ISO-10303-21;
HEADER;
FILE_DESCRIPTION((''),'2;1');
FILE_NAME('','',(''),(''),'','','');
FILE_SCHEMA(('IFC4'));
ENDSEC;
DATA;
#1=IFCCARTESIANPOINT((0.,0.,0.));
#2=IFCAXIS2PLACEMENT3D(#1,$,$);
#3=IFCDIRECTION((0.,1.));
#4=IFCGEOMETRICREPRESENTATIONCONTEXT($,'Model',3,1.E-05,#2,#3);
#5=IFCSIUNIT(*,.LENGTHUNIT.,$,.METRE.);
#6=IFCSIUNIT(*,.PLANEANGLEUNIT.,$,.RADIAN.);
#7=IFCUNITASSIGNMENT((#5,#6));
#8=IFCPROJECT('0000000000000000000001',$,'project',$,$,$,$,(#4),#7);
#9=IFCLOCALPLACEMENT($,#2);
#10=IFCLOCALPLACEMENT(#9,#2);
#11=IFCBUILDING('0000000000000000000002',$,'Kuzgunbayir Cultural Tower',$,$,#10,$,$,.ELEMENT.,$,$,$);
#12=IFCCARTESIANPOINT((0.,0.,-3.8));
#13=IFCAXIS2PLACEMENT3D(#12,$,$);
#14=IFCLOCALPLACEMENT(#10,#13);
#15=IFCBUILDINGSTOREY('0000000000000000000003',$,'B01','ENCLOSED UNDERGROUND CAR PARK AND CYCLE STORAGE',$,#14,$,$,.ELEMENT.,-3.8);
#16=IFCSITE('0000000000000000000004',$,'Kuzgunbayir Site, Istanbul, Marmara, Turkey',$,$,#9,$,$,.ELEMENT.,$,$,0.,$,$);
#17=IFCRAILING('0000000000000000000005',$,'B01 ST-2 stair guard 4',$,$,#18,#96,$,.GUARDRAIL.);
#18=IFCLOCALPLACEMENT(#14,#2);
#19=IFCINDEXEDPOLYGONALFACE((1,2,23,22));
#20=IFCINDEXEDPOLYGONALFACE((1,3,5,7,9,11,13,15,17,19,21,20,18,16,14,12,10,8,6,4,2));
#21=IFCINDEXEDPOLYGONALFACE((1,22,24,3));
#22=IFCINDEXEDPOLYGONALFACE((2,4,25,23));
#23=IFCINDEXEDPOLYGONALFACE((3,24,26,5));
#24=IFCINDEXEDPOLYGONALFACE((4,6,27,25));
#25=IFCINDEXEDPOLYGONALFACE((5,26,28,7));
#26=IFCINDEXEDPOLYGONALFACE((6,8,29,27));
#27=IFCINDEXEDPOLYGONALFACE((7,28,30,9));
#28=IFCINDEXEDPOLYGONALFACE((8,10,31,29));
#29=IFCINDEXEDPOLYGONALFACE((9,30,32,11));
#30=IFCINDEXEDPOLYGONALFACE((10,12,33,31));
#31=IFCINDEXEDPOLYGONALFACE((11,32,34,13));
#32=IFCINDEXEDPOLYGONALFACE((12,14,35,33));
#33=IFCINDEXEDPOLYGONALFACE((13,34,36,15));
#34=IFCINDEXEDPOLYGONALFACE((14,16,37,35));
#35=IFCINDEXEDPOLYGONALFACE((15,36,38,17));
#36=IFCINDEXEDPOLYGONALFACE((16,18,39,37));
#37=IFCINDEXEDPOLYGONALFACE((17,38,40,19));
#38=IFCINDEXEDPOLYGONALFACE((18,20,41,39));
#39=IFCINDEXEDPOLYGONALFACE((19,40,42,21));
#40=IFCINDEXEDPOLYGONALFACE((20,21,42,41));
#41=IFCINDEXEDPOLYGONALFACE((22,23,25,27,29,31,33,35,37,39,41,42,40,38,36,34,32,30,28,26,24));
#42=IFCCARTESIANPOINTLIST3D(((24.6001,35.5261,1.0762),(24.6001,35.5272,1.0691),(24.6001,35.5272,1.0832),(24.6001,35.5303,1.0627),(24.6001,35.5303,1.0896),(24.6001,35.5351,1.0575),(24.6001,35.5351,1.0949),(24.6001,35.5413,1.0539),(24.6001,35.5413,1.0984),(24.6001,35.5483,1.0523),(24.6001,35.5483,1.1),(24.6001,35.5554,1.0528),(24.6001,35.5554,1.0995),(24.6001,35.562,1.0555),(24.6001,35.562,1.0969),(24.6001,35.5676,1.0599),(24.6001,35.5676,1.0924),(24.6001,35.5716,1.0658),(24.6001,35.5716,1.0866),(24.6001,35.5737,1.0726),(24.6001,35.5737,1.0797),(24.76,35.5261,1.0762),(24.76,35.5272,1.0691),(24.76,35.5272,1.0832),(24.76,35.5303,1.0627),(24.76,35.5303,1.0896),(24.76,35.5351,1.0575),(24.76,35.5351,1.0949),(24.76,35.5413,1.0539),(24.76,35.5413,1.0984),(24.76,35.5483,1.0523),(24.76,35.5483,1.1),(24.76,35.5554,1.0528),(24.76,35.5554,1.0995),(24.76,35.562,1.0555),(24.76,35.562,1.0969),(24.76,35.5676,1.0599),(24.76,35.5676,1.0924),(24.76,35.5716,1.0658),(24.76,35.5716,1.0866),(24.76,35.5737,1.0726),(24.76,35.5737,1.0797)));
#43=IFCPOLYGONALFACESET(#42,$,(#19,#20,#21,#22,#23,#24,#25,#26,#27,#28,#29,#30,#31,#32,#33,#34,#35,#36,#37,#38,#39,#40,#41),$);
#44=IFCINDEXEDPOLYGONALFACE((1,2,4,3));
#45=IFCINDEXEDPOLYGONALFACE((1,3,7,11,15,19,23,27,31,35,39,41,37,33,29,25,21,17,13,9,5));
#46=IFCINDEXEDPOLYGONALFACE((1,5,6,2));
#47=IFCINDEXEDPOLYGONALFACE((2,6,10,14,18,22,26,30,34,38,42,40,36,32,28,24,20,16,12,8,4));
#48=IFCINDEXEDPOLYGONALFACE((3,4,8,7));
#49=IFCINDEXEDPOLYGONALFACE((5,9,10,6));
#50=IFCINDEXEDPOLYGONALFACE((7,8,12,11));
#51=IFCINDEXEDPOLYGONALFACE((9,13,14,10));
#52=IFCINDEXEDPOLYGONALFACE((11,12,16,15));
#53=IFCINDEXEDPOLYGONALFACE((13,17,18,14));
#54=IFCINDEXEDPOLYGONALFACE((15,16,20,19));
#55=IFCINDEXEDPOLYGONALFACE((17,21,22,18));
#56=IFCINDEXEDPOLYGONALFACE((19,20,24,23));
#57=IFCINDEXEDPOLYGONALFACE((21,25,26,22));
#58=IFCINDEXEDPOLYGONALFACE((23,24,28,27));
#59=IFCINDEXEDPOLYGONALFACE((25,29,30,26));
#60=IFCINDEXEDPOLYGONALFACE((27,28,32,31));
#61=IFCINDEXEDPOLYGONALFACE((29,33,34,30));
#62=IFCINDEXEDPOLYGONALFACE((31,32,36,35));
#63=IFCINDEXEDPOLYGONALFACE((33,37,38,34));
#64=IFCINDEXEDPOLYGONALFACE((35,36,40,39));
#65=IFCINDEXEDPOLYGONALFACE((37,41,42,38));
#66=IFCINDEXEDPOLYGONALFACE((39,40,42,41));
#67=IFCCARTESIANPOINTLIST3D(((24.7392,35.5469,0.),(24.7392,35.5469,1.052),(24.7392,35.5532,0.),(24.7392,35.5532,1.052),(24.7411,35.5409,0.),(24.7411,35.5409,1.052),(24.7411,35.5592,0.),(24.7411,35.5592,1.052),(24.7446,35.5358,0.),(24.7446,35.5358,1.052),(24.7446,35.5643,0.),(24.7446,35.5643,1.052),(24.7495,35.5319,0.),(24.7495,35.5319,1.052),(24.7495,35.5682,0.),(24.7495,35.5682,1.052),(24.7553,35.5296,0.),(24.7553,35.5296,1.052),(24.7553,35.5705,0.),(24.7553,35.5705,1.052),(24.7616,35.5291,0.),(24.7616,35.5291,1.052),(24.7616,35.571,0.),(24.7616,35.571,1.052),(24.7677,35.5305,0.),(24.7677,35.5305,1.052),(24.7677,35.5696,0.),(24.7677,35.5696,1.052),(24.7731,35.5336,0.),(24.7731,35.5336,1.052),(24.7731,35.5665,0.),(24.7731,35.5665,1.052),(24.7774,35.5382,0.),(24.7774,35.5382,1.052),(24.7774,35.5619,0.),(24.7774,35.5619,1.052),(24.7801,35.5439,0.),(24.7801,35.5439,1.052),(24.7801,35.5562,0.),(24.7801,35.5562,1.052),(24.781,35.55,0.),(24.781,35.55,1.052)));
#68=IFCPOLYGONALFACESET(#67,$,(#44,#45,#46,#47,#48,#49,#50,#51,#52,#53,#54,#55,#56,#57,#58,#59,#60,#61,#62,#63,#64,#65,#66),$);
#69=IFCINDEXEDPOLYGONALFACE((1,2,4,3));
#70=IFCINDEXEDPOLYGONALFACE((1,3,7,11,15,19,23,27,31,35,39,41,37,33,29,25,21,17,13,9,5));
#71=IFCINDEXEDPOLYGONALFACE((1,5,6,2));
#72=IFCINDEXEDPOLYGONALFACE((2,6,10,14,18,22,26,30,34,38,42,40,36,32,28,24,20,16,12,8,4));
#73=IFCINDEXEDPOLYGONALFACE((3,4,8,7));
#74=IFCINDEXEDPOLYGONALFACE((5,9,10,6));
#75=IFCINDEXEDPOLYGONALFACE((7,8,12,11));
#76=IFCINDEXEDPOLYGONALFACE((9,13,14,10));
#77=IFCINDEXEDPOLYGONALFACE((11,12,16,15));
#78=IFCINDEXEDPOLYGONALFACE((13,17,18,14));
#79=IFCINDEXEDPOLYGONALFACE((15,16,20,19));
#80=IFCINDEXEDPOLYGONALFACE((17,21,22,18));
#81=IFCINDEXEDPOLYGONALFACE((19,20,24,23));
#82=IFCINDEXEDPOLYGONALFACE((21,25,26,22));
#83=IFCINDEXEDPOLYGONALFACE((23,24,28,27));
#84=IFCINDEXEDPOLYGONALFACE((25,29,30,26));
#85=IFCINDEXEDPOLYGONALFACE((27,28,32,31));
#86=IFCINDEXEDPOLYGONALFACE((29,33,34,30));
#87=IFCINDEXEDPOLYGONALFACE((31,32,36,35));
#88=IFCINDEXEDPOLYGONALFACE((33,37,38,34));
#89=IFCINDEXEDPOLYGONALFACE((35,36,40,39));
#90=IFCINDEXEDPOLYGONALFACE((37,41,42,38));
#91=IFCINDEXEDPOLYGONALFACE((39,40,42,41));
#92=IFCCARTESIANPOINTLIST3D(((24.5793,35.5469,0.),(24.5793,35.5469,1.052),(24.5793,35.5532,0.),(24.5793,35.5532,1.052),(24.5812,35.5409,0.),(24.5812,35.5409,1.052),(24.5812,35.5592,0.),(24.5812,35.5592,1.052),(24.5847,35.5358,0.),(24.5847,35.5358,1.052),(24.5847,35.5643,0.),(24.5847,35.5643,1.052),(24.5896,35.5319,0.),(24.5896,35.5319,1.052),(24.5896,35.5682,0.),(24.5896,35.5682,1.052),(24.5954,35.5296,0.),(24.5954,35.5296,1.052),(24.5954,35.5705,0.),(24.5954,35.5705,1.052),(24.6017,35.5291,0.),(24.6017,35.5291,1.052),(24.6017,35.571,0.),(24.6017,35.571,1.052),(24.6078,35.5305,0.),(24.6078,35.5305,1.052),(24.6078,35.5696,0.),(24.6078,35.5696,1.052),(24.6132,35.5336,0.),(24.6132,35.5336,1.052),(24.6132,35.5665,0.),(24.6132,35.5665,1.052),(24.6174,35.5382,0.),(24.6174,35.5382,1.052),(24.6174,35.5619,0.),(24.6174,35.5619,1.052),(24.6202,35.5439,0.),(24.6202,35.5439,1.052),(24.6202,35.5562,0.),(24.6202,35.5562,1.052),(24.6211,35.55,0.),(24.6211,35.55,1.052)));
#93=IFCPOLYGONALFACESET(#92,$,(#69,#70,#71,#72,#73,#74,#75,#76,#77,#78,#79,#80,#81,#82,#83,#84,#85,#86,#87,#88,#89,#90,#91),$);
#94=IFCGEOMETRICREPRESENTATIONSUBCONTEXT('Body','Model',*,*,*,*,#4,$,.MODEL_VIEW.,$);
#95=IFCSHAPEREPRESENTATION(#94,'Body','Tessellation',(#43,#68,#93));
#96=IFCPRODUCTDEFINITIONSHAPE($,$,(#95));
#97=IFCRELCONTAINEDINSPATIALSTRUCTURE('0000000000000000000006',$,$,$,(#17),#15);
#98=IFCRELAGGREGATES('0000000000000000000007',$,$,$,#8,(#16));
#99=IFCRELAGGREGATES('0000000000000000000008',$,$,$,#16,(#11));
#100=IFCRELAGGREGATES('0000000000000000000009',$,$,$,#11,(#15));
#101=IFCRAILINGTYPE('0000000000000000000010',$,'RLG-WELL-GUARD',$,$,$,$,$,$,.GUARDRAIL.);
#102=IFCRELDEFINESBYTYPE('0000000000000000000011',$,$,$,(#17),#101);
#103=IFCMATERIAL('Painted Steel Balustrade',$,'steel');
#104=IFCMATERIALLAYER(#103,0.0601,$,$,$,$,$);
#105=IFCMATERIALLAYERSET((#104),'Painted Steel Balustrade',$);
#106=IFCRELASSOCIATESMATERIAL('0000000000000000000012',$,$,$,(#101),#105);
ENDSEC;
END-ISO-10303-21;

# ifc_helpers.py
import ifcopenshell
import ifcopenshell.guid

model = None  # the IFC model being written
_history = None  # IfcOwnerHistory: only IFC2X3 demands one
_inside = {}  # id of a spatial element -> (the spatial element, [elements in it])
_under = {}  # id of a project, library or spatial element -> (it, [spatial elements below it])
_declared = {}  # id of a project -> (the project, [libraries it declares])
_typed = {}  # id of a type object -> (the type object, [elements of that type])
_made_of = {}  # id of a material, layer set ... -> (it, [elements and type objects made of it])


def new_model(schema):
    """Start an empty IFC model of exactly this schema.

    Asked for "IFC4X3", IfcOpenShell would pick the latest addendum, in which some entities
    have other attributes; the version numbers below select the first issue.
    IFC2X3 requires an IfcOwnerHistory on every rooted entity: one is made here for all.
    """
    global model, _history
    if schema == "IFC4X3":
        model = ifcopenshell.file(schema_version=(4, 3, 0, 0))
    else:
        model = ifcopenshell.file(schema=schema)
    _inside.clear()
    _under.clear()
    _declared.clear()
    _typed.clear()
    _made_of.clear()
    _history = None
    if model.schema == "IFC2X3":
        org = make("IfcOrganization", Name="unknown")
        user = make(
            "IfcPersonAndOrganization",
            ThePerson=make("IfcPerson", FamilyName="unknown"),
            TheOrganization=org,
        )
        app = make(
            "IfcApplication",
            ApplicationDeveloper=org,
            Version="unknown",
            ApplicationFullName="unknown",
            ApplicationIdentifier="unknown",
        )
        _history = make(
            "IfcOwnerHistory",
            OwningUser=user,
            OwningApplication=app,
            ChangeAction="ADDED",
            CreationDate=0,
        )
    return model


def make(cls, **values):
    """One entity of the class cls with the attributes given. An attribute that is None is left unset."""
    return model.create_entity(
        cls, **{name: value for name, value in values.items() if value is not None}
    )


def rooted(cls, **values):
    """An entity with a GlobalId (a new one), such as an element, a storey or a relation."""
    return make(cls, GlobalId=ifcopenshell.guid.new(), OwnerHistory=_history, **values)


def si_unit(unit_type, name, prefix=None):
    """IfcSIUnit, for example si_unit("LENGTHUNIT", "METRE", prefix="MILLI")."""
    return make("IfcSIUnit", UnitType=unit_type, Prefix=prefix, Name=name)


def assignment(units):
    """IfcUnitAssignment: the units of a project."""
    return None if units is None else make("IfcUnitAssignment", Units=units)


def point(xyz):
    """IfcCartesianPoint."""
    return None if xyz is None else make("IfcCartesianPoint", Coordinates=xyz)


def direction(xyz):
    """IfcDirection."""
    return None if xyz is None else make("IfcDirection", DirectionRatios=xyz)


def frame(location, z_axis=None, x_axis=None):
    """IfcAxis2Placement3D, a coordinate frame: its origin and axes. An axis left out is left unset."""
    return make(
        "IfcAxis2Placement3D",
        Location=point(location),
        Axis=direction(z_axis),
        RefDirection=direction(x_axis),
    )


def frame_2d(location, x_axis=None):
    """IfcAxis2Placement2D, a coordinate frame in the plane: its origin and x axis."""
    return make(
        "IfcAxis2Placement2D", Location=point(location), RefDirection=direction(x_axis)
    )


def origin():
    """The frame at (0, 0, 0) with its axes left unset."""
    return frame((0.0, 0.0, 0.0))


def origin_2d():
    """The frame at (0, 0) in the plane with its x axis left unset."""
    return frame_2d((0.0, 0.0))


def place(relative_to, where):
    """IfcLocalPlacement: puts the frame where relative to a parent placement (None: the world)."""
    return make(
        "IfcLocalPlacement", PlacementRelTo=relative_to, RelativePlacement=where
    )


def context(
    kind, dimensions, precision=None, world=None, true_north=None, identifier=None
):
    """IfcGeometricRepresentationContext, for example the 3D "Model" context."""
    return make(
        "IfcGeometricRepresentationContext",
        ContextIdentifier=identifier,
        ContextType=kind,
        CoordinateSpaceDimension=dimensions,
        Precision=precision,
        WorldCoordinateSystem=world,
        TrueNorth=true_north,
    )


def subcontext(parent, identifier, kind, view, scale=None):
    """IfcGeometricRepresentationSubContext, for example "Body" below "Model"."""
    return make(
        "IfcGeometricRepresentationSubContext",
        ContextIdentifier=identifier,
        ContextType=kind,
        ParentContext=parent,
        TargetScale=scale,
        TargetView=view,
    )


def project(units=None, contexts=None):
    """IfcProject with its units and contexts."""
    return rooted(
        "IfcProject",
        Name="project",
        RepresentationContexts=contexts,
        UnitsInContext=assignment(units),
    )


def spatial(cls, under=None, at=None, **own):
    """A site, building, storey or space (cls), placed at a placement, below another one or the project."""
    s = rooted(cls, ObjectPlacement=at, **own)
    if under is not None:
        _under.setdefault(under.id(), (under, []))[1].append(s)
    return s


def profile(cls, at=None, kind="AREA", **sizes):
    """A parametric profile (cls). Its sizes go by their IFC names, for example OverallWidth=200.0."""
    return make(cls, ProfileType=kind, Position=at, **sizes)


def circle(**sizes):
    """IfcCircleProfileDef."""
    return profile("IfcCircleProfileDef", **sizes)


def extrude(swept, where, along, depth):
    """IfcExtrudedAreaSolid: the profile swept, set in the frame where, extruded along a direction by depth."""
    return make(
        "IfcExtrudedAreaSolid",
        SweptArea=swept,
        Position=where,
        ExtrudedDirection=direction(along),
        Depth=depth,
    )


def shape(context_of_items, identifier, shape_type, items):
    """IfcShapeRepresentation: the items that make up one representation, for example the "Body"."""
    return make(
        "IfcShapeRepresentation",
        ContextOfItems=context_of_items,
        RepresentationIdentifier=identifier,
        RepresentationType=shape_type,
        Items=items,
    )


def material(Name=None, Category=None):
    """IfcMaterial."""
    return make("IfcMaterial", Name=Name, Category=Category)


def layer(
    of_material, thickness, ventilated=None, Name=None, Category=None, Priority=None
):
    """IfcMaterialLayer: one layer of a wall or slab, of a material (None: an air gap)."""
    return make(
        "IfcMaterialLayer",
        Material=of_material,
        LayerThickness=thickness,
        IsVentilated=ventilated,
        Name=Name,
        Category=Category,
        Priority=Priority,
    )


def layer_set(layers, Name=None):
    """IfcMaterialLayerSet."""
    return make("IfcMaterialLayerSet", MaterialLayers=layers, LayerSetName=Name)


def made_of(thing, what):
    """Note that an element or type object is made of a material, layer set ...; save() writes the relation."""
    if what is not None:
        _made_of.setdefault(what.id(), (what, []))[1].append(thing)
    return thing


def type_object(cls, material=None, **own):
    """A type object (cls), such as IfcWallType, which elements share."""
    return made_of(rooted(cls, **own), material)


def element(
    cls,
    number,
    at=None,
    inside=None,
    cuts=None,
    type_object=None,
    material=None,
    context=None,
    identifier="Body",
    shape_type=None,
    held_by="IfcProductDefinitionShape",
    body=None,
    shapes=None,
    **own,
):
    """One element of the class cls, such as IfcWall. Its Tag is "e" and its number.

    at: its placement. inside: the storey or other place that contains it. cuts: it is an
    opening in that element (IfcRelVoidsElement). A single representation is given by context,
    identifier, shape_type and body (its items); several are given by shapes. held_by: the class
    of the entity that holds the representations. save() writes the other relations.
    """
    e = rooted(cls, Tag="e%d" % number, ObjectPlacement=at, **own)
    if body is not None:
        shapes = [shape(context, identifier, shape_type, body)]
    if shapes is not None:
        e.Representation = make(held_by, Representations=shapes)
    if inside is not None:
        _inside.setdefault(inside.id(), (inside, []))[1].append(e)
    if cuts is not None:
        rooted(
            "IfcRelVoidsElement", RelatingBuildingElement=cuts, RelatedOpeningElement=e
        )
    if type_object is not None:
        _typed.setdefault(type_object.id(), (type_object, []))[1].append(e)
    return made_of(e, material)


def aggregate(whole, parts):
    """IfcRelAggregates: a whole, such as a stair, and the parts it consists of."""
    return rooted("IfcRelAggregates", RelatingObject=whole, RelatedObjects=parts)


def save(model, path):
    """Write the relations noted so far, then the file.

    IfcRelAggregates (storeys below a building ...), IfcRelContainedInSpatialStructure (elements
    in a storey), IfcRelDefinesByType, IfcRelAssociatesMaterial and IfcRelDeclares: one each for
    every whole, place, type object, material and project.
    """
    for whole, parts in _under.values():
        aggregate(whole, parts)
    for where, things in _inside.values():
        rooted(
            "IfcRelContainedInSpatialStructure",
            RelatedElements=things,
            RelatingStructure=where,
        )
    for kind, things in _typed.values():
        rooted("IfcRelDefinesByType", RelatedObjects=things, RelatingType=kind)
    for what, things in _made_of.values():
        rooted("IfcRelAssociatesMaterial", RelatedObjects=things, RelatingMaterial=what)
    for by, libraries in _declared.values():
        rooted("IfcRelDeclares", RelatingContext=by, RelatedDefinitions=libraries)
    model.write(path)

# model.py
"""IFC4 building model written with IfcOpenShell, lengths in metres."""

from ifc_helpers import new_model, si_unit, direction, frame, origin, origin_2d, place, context, subcontext, project, spatial, circle, extrude, material, layer, layer_set, type_object, element, save


model = new_model("IFC4")

# Units and contexts
model_context = context("Model", 3, precision=1e-05, world=origin(), true_north=direction((0.0, 1.0)))
body_context = subcontext(model_context, "Body", "Model", "MODEL_VIEW")
ifc_project = project(units=[si_unit("LENGTHUNIT", "METRE"), si_unit("PLANEANGLEUNIT", "RADIAN")], contexts=[model_context])

# Site, building, storey
site_placement = place(None, origin())
site = spatial("IfcSite", under=ifc_project, at=site_placement, Name="Kuzgunbayir Site, Istanbul, Marmara, Turkey", CompositionType="ELEMENT", RefElevation=0.0)
building_placement = place(site_placement, origin())
building = spatial("IfcBuilding", under=site, at=building_placement, Name="Kuzgunbayir Cultural Tower", CompositionType="ELEMENT")
storey_placement = place(building_placement, frame((0.0, 0.0, -3.8)))
storey = spatial("IfcBuildingStorey", under=building, at=storey_placement, Name="B01", Description="ENCLOSED UNDERGROUND CAR PARK AND CYCLE STORAGE", CompositionType="ELEMENT", Elevation=-3.8)

# Railing
ifc_material_1 = material(Name="Painted Steel Balustrade", Category="steel")
ifc_layer_1 = layer(ifc_material_1, 0.0601)
ifc_layer_set_1 = layer_set([ifc_layer_1], Name="Painted Steel Balustrade")
railing_type_1 = type_object("IfcRailingType", Name="RLG-WELL-GUARD", PredefinedType="GUARDRAIL", material=ifc_layer_set_1)
railing_1_placement = place(storey_placement, frame((24.76, 35.55, 0.0)))
element("IfcRailing", 1, at=railing_1_placement, inside=storey, type_object=railing_type_1, Name="B01 ST-2 stair guard 4", PredefinedType="GUARDRAIL", context=body_context, shape_type="SweptSolid", body=[
    extrude(circle(Radius=0.0239, at=origin_2d()), frame((0.0, 0.0, 1.0762), z_axis=(-1.0, 0.0, 0.0), x_axis=(0.0, -1.0, 0.0)), (0.0, 0.0, 1.0), 0.1599),
    extrude(circle(Radius=0.021, at=origin_2d()), origin(), (0.0, 0.0, 1.0), 1.052),
    extrude(circle(Radius=0.021, at=origin_2d()), frame((-0.1599, 0.0, 0.0)), (0.0, 0.0, 1.0), 1.052),
])

save(model, "model.ifc")
